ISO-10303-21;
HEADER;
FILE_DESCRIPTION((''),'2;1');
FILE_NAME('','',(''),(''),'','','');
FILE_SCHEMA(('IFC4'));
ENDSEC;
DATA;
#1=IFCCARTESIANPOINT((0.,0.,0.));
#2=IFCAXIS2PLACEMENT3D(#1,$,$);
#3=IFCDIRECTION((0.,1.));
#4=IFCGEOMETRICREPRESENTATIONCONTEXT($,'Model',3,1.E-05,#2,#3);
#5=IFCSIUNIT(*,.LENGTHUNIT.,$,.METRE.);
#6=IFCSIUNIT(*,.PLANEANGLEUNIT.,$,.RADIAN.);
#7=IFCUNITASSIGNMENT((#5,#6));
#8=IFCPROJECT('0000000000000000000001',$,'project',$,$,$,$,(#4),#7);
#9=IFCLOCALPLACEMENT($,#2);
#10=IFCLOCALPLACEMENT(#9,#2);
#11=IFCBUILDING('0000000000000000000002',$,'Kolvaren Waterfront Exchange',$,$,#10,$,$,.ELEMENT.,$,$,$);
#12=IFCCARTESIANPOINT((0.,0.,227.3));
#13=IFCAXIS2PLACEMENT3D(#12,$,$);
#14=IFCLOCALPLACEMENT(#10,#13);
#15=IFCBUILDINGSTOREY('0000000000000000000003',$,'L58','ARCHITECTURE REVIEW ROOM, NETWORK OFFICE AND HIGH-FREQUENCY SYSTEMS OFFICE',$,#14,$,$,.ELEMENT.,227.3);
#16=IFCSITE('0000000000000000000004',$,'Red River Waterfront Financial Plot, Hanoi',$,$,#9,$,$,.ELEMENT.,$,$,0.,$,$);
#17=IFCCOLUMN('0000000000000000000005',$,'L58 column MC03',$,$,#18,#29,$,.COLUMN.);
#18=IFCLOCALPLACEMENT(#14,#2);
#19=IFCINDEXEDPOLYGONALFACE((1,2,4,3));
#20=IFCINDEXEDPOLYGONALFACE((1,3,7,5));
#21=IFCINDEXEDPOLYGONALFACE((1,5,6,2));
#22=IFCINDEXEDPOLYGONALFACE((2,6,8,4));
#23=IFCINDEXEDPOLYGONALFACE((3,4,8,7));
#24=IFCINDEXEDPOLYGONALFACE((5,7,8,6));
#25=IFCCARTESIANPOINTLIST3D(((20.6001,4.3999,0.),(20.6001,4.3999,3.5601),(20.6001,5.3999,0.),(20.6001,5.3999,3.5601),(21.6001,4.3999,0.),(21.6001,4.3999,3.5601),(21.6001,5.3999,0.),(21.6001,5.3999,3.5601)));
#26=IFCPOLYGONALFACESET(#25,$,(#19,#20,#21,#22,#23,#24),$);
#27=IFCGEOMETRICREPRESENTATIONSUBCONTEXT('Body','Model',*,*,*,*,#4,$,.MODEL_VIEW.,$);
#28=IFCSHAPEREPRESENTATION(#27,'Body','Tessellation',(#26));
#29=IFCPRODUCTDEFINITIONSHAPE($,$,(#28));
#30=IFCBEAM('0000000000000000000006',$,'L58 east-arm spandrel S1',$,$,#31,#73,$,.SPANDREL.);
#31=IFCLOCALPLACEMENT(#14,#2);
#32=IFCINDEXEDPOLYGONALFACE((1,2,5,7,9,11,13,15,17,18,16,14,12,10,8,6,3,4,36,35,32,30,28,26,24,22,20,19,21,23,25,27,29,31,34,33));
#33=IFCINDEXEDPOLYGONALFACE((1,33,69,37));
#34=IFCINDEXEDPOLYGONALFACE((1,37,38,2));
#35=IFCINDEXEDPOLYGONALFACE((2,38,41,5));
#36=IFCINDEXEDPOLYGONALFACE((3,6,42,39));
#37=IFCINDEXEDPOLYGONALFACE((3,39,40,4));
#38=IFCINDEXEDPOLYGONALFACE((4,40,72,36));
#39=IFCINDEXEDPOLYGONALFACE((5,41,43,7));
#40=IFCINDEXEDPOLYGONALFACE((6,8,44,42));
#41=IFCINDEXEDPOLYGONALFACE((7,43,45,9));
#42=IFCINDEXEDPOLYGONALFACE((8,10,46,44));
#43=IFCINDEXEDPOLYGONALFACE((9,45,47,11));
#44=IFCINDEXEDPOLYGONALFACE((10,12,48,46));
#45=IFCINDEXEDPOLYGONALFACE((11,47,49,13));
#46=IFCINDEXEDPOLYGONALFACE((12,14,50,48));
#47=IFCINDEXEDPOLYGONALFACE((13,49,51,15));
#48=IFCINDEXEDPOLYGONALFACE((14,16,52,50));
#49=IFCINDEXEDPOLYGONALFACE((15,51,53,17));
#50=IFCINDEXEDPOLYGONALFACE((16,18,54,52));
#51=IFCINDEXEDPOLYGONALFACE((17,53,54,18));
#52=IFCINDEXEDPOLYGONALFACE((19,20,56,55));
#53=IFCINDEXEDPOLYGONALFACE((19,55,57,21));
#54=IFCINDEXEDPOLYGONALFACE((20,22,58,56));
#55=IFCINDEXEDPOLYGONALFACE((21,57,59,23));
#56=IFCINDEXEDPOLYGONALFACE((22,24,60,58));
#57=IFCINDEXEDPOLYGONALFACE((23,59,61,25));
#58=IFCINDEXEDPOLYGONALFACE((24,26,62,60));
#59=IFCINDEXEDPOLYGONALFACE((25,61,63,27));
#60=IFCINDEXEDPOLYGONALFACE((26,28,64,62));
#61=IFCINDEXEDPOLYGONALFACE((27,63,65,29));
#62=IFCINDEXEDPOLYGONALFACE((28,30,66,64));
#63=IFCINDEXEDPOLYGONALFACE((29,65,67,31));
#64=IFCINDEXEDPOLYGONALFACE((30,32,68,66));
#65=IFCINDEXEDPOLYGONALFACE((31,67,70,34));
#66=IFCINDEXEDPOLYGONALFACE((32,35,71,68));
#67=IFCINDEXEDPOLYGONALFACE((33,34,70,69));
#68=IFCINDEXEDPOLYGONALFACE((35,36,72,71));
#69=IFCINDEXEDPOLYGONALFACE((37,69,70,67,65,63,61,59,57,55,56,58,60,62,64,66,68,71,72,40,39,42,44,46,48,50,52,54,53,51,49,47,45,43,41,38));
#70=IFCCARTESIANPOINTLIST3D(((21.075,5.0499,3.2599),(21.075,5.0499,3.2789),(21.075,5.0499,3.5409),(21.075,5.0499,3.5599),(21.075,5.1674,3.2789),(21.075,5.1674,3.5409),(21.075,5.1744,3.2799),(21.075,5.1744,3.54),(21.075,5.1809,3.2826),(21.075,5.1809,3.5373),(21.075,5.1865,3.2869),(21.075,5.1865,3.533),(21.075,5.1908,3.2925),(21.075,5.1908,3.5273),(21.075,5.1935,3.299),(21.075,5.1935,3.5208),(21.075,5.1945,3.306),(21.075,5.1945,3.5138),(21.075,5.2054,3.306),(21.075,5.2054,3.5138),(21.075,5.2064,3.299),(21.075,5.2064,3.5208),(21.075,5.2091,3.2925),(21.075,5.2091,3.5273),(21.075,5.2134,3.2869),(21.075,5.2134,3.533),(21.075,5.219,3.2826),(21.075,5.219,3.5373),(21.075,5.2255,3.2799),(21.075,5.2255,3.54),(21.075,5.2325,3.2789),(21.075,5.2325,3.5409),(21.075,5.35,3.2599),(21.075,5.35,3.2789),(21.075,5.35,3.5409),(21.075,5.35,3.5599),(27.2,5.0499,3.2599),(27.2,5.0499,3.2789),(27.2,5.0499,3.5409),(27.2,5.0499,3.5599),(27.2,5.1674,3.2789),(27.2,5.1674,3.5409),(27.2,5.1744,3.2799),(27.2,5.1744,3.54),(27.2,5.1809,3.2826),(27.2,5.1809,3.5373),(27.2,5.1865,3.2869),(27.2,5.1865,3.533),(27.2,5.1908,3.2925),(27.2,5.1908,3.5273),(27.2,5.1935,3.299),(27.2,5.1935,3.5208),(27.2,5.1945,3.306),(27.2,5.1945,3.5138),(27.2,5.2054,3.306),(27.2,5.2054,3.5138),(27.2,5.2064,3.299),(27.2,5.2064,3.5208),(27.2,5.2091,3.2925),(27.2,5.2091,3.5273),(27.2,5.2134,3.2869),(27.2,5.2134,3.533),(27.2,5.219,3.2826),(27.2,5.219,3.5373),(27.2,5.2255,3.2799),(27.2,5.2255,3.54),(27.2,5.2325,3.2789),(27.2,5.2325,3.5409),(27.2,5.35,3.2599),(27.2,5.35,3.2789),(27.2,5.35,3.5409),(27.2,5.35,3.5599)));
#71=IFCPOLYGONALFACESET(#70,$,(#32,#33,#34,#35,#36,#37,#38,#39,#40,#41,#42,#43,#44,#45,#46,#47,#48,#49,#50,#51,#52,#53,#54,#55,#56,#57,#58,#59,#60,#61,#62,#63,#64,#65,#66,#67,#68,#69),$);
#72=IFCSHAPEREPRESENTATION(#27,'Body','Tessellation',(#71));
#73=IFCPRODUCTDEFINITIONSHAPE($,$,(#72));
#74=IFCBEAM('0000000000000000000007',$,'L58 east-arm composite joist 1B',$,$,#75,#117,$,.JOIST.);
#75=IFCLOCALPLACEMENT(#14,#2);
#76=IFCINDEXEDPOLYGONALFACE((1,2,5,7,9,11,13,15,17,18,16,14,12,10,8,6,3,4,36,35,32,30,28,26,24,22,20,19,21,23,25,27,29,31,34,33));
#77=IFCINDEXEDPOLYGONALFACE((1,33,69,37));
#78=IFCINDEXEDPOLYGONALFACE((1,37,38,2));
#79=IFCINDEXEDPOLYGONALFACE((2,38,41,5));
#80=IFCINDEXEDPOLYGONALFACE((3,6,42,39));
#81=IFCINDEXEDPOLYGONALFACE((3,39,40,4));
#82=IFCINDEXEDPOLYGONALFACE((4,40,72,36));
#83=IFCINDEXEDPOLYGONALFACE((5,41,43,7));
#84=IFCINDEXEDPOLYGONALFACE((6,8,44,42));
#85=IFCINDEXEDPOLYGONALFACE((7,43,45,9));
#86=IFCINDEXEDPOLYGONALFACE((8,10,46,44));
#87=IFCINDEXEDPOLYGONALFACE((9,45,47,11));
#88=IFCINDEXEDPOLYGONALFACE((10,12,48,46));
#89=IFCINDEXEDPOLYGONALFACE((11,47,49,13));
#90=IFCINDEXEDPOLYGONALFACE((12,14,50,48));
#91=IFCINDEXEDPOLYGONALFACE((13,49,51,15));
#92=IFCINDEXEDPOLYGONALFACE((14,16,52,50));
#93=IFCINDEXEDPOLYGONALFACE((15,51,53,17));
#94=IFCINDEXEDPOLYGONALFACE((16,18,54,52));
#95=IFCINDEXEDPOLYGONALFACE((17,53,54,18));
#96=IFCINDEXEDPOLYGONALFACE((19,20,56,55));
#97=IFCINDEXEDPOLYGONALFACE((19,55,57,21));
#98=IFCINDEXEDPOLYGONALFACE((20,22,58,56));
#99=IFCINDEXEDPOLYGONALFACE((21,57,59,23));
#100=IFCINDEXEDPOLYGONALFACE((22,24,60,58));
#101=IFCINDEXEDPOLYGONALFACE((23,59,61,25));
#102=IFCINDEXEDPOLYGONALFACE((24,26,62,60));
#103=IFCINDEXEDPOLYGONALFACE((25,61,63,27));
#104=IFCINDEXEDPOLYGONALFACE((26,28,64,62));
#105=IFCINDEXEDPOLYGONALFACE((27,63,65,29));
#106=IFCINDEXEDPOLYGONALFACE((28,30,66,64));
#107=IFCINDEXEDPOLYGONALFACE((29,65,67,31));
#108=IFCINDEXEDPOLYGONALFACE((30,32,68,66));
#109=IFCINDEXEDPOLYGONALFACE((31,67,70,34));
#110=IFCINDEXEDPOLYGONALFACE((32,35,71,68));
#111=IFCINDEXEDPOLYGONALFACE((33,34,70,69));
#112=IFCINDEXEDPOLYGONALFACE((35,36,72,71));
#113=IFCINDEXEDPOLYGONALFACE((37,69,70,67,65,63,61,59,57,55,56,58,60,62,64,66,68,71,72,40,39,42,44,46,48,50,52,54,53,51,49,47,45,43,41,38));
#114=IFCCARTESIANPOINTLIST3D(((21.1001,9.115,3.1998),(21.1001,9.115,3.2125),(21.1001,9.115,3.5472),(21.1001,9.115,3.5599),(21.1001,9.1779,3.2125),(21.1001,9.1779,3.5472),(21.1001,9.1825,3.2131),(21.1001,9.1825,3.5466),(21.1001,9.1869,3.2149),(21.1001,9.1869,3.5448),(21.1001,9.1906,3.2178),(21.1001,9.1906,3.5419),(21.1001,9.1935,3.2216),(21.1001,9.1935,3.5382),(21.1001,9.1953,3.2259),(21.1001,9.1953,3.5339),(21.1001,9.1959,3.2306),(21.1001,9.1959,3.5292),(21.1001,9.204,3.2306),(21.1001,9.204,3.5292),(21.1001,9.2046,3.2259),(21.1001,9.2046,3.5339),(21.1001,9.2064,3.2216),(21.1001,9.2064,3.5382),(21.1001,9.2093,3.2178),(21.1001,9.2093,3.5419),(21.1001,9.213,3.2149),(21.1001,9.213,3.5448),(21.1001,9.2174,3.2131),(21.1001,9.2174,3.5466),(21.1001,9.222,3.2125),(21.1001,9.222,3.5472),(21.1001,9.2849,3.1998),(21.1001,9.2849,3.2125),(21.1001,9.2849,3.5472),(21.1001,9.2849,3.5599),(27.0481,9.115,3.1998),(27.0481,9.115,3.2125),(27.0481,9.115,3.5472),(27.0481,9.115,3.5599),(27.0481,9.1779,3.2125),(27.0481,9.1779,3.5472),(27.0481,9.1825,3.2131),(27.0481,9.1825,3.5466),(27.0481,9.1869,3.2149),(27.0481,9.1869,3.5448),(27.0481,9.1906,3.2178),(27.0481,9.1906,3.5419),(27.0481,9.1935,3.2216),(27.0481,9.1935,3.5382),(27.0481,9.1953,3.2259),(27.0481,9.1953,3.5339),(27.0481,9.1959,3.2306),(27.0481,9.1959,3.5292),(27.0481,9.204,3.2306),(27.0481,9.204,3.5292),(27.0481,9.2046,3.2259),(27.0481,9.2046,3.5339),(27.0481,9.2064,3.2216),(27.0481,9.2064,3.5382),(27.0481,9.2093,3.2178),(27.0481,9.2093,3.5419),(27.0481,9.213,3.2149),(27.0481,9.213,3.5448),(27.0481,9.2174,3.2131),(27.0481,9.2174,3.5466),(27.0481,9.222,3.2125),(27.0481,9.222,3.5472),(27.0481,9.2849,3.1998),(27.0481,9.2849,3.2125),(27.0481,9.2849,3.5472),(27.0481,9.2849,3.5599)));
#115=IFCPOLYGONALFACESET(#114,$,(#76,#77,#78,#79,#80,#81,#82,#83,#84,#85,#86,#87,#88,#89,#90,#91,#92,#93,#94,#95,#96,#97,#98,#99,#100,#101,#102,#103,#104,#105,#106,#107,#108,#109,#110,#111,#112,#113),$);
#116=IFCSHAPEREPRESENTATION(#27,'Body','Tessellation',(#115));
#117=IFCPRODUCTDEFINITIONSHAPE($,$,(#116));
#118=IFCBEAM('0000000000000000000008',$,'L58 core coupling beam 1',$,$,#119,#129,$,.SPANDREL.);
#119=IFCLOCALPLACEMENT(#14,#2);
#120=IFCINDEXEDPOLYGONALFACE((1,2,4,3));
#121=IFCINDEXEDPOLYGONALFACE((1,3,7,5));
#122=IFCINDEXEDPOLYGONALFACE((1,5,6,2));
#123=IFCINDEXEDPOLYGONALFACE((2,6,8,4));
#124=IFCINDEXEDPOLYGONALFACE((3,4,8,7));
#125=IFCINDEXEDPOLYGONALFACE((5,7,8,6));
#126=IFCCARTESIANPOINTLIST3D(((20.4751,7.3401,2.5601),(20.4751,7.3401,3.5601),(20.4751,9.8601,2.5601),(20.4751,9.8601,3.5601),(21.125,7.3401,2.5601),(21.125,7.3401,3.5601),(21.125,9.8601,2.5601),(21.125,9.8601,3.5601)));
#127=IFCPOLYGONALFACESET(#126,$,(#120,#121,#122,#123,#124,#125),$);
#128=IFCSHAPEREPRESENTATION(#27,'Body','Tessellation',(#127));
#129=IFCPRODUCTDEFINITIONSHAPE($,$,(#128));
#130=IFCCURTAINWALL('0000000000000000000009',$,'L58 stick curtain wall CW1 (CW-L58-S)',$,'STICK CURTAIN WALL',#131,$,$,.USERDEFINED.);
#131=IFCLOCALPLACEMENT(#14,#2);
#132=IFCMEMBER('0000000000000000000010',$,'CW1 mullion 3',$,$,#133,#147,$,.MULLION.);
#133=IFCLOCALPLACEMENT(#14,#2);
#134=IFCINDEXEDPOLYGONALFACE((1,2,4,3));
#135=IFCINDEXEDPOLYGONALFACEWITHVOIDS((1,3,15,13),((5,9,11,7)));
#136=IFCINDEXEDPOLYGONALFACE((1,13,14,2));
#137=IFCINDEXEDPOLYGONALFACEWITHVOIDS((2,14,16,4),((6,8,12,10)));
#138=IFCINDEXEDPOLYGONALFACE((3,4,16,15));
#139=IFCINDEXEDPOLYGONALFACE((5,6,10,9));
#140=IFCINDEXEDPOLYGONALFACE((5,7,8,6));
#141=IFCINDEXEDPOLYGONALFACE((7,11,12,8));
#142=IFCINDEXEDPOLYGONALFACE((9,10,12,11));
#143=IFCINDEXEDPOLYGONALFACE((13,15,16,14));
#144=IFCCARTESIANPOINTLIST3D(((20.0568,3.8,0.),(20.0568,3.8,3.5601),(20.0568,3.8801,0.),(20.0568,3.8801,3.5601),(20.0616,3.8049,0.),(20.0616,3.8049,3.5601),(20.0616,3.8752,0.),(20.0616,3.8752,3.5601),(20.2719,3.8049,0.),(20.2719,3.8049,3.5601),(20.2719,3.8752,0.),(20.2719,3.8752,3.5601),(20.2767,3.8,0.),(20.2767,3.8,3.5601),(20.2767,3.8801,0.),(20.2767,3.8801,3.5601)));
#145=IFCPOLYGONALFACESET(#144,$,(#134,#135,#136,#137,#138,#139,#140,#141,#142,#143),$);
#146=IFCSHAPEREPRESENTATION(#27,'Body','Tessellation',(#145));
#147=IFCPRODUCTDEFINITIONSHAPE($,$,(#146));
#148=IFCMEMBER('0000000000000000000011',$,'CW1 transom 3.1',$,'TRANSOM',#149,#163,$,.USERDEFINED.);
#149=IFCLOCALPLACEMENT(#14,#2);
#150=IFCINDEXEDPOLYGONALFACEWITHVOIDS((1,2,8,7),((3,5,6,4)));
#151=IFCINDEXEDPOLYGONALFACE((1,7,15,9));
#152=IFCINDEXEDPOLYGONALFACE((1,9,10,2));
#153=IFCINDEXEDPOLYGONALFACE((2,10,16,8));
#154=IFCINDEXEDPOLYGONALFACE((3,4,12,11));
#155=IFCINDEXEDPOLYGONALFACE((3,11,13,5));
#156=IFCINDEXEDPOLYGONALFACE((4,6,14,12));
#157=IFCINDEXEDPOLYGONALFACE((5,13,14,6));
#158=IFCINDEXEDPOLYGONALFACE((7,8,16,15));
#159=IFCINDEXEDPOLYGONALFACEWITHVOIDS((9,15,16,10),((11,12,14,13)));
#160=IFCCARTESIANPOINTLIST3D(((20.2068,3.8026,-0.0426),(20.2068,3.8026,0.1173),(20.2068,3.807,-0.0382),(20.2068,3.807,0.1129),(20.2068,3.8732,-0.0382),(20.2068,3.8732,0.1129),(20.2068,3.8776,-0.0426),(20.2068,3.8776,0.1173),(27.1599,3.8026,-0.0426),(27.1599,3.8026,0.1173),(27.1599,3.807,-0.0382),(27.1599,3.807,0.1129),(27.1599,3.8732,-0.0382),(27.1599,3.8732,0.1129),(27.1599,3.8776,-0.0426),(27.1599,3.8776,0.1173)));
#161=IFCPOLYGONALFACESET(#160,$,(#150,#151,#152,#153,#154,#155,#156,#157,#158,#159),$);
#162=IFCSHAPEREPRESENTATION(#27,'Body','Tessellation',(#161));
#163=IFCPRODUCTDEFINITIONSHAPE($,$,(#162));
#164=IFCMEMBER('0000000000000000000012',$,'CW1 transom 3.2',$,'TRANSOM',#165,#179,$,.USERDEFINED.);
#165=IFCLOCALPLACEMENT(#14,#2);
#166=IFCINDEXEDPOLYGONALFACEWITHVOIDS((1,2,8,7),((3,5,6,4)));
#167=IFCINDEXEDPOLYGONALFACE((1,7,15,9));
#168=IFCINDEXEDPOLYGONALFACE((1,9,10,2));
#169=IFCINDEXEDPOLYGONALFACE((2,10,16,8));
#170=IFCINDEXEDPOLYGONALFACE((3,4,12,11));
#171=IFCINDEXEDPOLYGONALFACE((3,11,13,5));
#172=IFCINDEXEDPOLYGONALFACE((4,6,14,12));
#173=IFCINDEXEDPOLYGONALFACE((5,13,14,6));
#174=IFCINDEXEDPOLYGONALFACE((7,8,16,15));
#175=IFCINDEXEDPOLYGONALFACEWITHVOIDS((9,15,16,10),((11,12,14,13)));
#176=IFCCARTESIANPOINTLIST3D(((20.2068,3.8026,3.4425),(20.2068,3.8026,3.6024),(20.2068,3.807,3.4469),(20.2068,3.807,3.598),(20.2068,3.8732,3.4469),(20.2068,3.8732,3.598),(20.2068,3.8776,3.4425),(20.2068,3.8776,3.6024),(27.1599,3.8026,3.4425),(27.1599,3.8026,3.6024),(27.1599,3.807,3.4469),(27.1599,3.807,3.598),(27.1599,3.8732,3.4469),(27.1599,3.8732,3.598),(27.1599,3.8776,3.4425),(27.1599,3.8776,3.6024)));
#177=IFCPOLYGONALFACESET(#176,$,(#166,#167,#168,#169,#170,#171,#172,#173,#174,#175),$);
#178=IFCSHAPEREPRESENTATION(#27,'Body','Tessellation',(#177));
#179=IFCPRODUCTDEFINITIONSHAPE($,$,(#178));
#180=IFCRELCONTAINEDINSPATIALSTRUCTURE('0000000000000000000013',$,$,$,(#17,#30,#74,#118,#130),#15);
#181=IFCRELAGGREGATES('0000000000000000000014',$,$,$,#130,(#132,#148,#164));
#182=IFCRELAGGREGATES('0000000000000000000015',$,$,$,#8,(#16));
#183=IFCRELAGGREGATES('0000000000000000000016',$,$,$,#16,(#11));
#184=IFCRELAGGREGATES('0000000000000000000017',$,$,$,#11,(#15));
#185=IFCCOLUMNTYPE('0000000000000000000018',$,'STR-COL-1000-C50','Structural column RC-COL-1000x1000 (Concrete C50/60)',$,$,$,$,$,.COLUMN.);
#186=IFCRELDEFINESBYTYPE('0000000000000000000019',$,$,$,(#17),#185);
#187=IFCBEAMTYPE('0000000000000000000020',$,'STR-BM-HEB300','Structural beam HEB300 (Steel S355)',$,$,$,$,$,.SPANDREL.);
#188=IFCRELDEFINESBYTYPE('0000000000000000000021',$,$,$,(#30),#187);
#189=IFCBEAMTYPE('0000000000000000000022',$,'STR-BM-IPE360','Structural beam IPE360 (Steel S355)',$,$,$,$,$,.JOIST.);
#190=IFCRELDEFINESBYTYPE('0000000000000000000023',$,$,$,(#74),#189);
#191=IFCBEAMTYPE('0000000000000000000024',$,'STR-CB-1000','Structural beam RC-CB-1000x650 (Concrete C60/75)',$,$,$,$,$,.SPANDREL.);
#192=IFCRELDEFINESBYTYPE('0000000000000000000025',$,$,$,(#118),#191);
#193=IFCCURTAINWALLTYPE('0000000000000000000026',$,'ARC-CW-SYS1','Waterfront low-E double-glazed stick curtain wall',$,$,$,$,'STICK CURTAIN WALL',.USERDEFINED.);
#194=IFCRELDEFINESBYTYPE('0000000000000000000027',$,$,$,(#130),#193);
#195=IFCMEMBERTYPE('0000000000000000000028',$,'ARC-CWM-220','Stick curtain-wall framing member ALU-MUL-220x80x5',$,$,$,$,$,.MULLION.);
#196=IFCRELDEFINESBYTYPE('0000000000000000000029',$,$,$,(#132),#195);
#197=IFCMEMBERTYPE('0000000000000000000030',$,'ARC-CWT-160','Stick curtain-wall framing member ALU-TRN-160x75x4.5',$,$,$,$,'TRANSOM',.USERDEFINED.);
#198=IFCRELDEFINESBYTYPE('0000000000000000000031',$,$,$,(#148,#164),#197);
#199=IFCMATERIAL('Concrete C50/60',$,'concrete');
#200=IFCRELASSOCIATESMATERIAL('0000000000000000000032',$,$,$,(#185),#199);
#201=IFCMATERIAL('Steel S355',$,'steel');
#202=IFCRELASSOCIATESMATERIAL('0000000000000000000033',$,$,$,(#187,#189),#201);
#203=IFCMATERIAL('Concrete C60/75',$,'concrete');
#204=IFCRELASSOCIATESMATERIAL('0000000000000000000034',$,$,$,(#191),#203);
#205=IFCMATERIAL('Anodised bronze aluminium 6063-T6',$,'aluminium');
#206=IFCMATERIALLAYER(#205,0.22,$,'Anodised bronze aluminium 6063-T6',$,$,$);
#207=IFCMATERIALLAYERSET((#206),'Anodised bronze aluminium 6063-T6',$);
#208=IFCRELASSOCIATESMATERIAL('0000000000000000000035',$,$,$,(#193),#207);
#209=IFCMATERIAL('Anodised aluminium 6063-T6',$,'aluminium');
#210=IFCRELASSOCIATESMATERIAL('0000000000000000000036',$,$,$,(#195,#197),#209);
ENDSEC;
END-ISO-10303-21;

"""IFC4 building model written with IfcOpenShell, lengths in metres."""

from ifc_helpers import new_model, si_unit, direction, frame, origin, origin_with_axes, origin_2d, place, context, subcontext, project, spatial, rectangle, hollow_rectangle, i_section, extrude, source, transform, mapped, material, layer, layer_set, material_profile, profile_set, type_object, element, aggregate, save


model = new_model("IFC4")

# Units and contexts
model_context = context("Model", 3, precision=1e-05, world=origin(), true_north=direction((0.0, 1.0)))
body_context = subcontext(model_context, "Body", "Model", "MODEL_VIEW")
ifc_project = project(units=[si_unit("LENGTHUNIT", "METRE"), si_unit("PLANEANGLEUNIT", "RADIAN")], contexts=[model_context])

# Site, building, storey
site_placement = place(None, origin())
site = spatial("IfcSite", under=ifc_project, at=site_placement, Name="Red River Waterfront Financial Plot, Hanoi", CompositionType="ELEMENT", RefElevation=0.0)
building_placement = place(site_placement, origin())
building = spatial("IfcBuilding", under=site, at=building_placement, Name="Kolvaren Waterfront Exchange", CompositionType="ELEMENT")
storey_placement = place(building_placement, frame((0.0, 0.0, 227.3)))
storey = spatial("IfcBuildingStorey", under=building, at=storey_placement, Name="L58", Description="ARCHITECTURE REVIEW ROOM, NETWORK OFFICE AND HIGH-FREQUENCY SYSTEMS OFFICE", CompositionType="ELEMENT", Elevation=227.3)

# Column
ifc_material_1 = material(Name="Concrete C50/60", Category="concrete")
ifc_material_profile_1 = material_profile(ifc_material_1, rectangle(XDim=1.0, YDim=1.0, at=origin_2d()), Name="RC-COL-1000x1000")
ifc_profile_set_1 = profile_set([ifc_material_profile_1], Name="Concrete C50/60")
column_type = type_object("IfcColumnType", Name="STR-COL-1000-C50", Description="Structural column RC-COL-1000x1000 (Concrete C50/60)", PredefinedType="COLUMN", material=ifc_profile_set_1)
column_placement = place(storey_placement, frame((21.1001, 4.8999, 0.0), z_axis=(0.0, 0.0, 1.0), x_axis=(1.0, 0.0, 0.0)))
element("IfcColumn", 1, at=column_placement, inside=storey, type_object=column_type, Name="L58 column MC03", PredefinedType="COLUMN", context=body_context, shape_type="SweptSolid", body=[
    extrude(rectangle(XDim=1.0, YDim=1.0, at=origin_2d()), origin(), (0.0, 0.0, 1.0), 3.5601),
])

# Beams
ifc_material_2 = material(Name="Steel S355", Category="steel")
ifc_material_profile_2 = material_profile(ifc_material_2, i_section(OverallWidth=0.3, OverallDepth=0.3, WebThickness=0.011, FlangeThickness=0.019, FilletRadius=0.0271, at=origin_2d()), Name="HEB300")
ifc_profile_set_2 = profile_set([ifc_material_profile_2], Name="Steel S355")
beam_type_1 = type_object("IfcBeamType", Name="STR-BM-HEB300", Description="Structural beam HEB300 (Steel S355)", PredefinedType="SPANDREL", material=ifc_profile_set_2)
beam_1_placement = place(storey_placement, frame((21.075, 5.2, 3.4099), z_axis=(1.0, 0.0, 0.0), x_axis=(0.0, 1.0, 0.0)))
element("IfcBeam", 2, at=beam_1_placement, inside=storey, type_object=beam_type_1, Name="L58 east-arm spandrel S1", PredefinedType="SPANDREL", context=body_context, shape_type="SweptSolid", body=[
    extrude(i_section(OverallWidth=0.3, OverallDepth=0.3, WebThickness=0.011, FlangeThickness=0.019, FilletRadius=0.0271, at=origin_2d()), origin(), (0.0, 0.0, 1.0), 6.125),
])
ifc_material_profile_3 = material_profile(ifc_material_2, i_section(OverallWidth=0.1699, OverallDepth=0.3601, WebThickness=0.0081, FlangeThickness=0.0127, FilletRadius=0.0181, at=origin_2d()), Name="IPE360")
ifc_profile_set_3 = profile_set([ifc_material_profile_3], Name="Steel S355")
beam_type_2 = type_object("IfcBeamType", Name="STR-BM-IPE360", Description="Structural beam IPE360 (Steel S355)", PredefinedType="JOIST", material=ifc_profile_set_3)
beam_2_placement = place(storey_placement, frame((21.1001, 9.2, 3.3799), z_axis=(1.0, 0.0, 0.0), x_axis=(0.0, 1.0, 0.0)))
element("IfcBeam", 3, at=beam_2_placement, inside=storey, type_object=beam_type_2, Name="L58 east-arm composite joist 1B", PredefinedType="JOIST", context=body_context, shape_type="SweptSolid", body=[
    extrude(i_section(OverallWidth=0.1699, OverallDepth=0.3601, WebThickness=0.0081, FlangeThickness=0.0127, FilletRadius=0.0181, at=origin_2d()), origin(), (0.0, 0.0, 1.0), 5.948),
])
ifc_material_3 = material(Name="Concrete C60/75", Category="concrete")
ifc_material_profile_4 = material_profile(ifc_material_3, rectangle(XDim=0.6499, YDim=1.0, at=origin_2d()), Name="RC-CB-1000x650")
ifc_profile_set_4 = profile_set([ifc_material_profile_4], Name="Concrete C60/75")
beam_type_3 = type_object("IfcBeamType", Name="STR-CB-1000", Description="Structural beam RC-CB-1000x650 (Concrete C60/75)", PredefinedType="SPANDREL", material=ifc_profile_set_4)
beam_3_placement = place(storey_placement, frame((20.8, 7.3401, 3.0601), z_axis=(0.0, 1.0, 0.0), x_axis=(-1.0, 0.0, 0.0)))
element("IfcBeam", 4, at=beam_3_placement, inside=storey, type_object=beam_type_3, Name="L58 core coupling beam 1", PredefinedType="SPANDREL", context=body_context, shape_type="SweptSolid", body=[
    extrude(rectangle(XDim=0.6499, YDim=1.0, at=origin_2d()), origin(), (0.0, 0.0, 1.0), 2.52),
])

# Curtain wall, members
ifc_material_4 = material(Name="Anodised bronze aluminium 6063-T6", Category="aluminium")
ifc_layer_1 = layer(ifc_material_4, 0.22, Name="Anodised bronze aluminium 6063-T6")
ifc_layer_set_1 = layer_set([ifc_layer_1], Name="Anodised bronze aluminium 6063-T6")
curtain_wall_type = type_object("IfcCurtainWallType", Name="ARC-CW-SYS1", Description="Waterfront low-E double-glazed stick curtain wall", ElementType="STICK CURTAIN WALL", PredefinedType="USERDEFINED", material=ifc_layer_set_1)
curtain_wall_placement = place(storey_placement, origin())
curtain_wall = element("IfcCurtainWall", 5, at=curtain_wall_placement, inside=storey, type_object=curtain_wall_type, Name="L58 stick curtain wall CW1 (CW-L58-S)", ObjectType="STICK CURTAIN WALL", PredefinedType="USERDEFINED")
ifc_material_5 = material(Name="Anodised aluminium 6063-T6", Category="aluminium")
ifc_material_profile_5 = material_profile(ifc_material_5, hollow_rectangle(XDim=0.0801, YDim=0.22, WallThickness=0.0049, at=origin_2d()), Name="ALU-MUL-220x80x5")
ifc_profile_set_5 = profile_set([ifc_material_profile_5], Name="Anodised aluminium 6063-T6")
member_type_1 = type_object("IfcMemberType", Name="ARC-CWM-220", Description="Stick curtain-wall framing member ALU-MUL-220x80x5", PredefinedType="MULLION", material=ifc_profile_set_5)
shared_shape_1 = source(origin_with_axes(), body_context, "Body", "SweptSolid", [
    extrude(hollow_rectangle(XDim=0.0801, YDim=0.22, WallThickness=0.0049, at=origin_2d()), origin(), (0.0, 0.0, 1.0), 3.5601),
])
member_1_placement = place(storey_placement, frame((20.1667, 3.8401, 0.0), z_axis=(0.0, 0.0, 1.0), x_axis=(0.0, 1.0, 0.0)))
member_1 = element("IfcMember", 6, at=member_1_placement, type_object=member_type_1, Name="CW1 mullion 3", PredefinedType="MULLION", context=body_context, shape_type="MappedRepresentation", body=[
    mapped(shared_shape_1, transform((0.0, 0.0, 0.0), x_axis=(1.0, 0.0, 0.0), y_axis=(0.0, 1.0, 0.0), z_axis=(0.0, 0.0, 1.0), scale=1.0)),
])
ifc_material_profile_6 = material_profile(ifc_material_5, hollow_rectangle(XDim=0.075, YDim=0.1599, WallThickness=0.0044, at=origin_2d()), Name="ALU-TRN-160x75x4.5")
ifc_profile_set_6 = profile_set([ifc_material_profile_6], Name="Anodised aluminium 6063-T6")
member_type_2 = type_object("IfcMemberType", Name="ARC-CWT-160", Description="Stick curtain-wall framing member ALU-TRN-160x75x4.5", ElementType="TRANSOM", PredefinedType="USERDEFINED", material=ifc_profile_set_6)
shared_shape_2 = source(origin_with_axes(), body_context, "Body", "SweptSolid", [
    extrude(hollow_rectangle(XDim=0.075, YDim=0.1599, WallThickness=0.0044, at=origin_2d()), origin(), (0.0, 0.0, 1.0), 6.9531),
])
member_2_placement = place(storey_placement, frame((20.2068, 3.8401, 0.0374), z_axis=(1.0, 0.0, 0.0), x_axis=(0.0, 1.0, 0.0)))
member_2 = element("IfcMember", 7, at=member_2_placement, type_object=member_type_2, Name="CW1 transom 3.1", ObjectType="TRANSOM", PredefinedType="USERDEFINED", context=body_context, shape_type="MappedRepresentation", body=[
    mapped(shared_shape_2, transform((0.0, 0.0, 0.0), x_axis=(1.0, 0.0, 0.0), y_axis=(0.0, 1.0, 0.0), z_axis=(0.0, 0.0, 1.0), scale=1.0)),
])
member_3_placement = place(storey_placement, frame((20.2068, 3.8401, 3.5225), z_axis=(1.0, 0.0, 0.0), x_axis=(0.0, 1.0, 0.0)))
member_3 = element("IfcMember", 8, at=member_3_placement, type_object=member_type_2, Name="CW1 transom 3.2", ObjectType="TRANSOM", PredefinedType="USERDEFINED", context=body_context, shape_type="MappedRepresentation", body=[
    mapped(shared_shape_2, transform((0.0, 0.0, 0.0), x_axis=(1.0, 0.0, 0.0), y_axis=(0.0, 1.0, 0.0), z_axis=(0.0, 0.0, 1.0), scale=1.0)),
])
aggregate(curtain_wall, [member_1, member_2, member_3])

save(model, "model.ifc")
